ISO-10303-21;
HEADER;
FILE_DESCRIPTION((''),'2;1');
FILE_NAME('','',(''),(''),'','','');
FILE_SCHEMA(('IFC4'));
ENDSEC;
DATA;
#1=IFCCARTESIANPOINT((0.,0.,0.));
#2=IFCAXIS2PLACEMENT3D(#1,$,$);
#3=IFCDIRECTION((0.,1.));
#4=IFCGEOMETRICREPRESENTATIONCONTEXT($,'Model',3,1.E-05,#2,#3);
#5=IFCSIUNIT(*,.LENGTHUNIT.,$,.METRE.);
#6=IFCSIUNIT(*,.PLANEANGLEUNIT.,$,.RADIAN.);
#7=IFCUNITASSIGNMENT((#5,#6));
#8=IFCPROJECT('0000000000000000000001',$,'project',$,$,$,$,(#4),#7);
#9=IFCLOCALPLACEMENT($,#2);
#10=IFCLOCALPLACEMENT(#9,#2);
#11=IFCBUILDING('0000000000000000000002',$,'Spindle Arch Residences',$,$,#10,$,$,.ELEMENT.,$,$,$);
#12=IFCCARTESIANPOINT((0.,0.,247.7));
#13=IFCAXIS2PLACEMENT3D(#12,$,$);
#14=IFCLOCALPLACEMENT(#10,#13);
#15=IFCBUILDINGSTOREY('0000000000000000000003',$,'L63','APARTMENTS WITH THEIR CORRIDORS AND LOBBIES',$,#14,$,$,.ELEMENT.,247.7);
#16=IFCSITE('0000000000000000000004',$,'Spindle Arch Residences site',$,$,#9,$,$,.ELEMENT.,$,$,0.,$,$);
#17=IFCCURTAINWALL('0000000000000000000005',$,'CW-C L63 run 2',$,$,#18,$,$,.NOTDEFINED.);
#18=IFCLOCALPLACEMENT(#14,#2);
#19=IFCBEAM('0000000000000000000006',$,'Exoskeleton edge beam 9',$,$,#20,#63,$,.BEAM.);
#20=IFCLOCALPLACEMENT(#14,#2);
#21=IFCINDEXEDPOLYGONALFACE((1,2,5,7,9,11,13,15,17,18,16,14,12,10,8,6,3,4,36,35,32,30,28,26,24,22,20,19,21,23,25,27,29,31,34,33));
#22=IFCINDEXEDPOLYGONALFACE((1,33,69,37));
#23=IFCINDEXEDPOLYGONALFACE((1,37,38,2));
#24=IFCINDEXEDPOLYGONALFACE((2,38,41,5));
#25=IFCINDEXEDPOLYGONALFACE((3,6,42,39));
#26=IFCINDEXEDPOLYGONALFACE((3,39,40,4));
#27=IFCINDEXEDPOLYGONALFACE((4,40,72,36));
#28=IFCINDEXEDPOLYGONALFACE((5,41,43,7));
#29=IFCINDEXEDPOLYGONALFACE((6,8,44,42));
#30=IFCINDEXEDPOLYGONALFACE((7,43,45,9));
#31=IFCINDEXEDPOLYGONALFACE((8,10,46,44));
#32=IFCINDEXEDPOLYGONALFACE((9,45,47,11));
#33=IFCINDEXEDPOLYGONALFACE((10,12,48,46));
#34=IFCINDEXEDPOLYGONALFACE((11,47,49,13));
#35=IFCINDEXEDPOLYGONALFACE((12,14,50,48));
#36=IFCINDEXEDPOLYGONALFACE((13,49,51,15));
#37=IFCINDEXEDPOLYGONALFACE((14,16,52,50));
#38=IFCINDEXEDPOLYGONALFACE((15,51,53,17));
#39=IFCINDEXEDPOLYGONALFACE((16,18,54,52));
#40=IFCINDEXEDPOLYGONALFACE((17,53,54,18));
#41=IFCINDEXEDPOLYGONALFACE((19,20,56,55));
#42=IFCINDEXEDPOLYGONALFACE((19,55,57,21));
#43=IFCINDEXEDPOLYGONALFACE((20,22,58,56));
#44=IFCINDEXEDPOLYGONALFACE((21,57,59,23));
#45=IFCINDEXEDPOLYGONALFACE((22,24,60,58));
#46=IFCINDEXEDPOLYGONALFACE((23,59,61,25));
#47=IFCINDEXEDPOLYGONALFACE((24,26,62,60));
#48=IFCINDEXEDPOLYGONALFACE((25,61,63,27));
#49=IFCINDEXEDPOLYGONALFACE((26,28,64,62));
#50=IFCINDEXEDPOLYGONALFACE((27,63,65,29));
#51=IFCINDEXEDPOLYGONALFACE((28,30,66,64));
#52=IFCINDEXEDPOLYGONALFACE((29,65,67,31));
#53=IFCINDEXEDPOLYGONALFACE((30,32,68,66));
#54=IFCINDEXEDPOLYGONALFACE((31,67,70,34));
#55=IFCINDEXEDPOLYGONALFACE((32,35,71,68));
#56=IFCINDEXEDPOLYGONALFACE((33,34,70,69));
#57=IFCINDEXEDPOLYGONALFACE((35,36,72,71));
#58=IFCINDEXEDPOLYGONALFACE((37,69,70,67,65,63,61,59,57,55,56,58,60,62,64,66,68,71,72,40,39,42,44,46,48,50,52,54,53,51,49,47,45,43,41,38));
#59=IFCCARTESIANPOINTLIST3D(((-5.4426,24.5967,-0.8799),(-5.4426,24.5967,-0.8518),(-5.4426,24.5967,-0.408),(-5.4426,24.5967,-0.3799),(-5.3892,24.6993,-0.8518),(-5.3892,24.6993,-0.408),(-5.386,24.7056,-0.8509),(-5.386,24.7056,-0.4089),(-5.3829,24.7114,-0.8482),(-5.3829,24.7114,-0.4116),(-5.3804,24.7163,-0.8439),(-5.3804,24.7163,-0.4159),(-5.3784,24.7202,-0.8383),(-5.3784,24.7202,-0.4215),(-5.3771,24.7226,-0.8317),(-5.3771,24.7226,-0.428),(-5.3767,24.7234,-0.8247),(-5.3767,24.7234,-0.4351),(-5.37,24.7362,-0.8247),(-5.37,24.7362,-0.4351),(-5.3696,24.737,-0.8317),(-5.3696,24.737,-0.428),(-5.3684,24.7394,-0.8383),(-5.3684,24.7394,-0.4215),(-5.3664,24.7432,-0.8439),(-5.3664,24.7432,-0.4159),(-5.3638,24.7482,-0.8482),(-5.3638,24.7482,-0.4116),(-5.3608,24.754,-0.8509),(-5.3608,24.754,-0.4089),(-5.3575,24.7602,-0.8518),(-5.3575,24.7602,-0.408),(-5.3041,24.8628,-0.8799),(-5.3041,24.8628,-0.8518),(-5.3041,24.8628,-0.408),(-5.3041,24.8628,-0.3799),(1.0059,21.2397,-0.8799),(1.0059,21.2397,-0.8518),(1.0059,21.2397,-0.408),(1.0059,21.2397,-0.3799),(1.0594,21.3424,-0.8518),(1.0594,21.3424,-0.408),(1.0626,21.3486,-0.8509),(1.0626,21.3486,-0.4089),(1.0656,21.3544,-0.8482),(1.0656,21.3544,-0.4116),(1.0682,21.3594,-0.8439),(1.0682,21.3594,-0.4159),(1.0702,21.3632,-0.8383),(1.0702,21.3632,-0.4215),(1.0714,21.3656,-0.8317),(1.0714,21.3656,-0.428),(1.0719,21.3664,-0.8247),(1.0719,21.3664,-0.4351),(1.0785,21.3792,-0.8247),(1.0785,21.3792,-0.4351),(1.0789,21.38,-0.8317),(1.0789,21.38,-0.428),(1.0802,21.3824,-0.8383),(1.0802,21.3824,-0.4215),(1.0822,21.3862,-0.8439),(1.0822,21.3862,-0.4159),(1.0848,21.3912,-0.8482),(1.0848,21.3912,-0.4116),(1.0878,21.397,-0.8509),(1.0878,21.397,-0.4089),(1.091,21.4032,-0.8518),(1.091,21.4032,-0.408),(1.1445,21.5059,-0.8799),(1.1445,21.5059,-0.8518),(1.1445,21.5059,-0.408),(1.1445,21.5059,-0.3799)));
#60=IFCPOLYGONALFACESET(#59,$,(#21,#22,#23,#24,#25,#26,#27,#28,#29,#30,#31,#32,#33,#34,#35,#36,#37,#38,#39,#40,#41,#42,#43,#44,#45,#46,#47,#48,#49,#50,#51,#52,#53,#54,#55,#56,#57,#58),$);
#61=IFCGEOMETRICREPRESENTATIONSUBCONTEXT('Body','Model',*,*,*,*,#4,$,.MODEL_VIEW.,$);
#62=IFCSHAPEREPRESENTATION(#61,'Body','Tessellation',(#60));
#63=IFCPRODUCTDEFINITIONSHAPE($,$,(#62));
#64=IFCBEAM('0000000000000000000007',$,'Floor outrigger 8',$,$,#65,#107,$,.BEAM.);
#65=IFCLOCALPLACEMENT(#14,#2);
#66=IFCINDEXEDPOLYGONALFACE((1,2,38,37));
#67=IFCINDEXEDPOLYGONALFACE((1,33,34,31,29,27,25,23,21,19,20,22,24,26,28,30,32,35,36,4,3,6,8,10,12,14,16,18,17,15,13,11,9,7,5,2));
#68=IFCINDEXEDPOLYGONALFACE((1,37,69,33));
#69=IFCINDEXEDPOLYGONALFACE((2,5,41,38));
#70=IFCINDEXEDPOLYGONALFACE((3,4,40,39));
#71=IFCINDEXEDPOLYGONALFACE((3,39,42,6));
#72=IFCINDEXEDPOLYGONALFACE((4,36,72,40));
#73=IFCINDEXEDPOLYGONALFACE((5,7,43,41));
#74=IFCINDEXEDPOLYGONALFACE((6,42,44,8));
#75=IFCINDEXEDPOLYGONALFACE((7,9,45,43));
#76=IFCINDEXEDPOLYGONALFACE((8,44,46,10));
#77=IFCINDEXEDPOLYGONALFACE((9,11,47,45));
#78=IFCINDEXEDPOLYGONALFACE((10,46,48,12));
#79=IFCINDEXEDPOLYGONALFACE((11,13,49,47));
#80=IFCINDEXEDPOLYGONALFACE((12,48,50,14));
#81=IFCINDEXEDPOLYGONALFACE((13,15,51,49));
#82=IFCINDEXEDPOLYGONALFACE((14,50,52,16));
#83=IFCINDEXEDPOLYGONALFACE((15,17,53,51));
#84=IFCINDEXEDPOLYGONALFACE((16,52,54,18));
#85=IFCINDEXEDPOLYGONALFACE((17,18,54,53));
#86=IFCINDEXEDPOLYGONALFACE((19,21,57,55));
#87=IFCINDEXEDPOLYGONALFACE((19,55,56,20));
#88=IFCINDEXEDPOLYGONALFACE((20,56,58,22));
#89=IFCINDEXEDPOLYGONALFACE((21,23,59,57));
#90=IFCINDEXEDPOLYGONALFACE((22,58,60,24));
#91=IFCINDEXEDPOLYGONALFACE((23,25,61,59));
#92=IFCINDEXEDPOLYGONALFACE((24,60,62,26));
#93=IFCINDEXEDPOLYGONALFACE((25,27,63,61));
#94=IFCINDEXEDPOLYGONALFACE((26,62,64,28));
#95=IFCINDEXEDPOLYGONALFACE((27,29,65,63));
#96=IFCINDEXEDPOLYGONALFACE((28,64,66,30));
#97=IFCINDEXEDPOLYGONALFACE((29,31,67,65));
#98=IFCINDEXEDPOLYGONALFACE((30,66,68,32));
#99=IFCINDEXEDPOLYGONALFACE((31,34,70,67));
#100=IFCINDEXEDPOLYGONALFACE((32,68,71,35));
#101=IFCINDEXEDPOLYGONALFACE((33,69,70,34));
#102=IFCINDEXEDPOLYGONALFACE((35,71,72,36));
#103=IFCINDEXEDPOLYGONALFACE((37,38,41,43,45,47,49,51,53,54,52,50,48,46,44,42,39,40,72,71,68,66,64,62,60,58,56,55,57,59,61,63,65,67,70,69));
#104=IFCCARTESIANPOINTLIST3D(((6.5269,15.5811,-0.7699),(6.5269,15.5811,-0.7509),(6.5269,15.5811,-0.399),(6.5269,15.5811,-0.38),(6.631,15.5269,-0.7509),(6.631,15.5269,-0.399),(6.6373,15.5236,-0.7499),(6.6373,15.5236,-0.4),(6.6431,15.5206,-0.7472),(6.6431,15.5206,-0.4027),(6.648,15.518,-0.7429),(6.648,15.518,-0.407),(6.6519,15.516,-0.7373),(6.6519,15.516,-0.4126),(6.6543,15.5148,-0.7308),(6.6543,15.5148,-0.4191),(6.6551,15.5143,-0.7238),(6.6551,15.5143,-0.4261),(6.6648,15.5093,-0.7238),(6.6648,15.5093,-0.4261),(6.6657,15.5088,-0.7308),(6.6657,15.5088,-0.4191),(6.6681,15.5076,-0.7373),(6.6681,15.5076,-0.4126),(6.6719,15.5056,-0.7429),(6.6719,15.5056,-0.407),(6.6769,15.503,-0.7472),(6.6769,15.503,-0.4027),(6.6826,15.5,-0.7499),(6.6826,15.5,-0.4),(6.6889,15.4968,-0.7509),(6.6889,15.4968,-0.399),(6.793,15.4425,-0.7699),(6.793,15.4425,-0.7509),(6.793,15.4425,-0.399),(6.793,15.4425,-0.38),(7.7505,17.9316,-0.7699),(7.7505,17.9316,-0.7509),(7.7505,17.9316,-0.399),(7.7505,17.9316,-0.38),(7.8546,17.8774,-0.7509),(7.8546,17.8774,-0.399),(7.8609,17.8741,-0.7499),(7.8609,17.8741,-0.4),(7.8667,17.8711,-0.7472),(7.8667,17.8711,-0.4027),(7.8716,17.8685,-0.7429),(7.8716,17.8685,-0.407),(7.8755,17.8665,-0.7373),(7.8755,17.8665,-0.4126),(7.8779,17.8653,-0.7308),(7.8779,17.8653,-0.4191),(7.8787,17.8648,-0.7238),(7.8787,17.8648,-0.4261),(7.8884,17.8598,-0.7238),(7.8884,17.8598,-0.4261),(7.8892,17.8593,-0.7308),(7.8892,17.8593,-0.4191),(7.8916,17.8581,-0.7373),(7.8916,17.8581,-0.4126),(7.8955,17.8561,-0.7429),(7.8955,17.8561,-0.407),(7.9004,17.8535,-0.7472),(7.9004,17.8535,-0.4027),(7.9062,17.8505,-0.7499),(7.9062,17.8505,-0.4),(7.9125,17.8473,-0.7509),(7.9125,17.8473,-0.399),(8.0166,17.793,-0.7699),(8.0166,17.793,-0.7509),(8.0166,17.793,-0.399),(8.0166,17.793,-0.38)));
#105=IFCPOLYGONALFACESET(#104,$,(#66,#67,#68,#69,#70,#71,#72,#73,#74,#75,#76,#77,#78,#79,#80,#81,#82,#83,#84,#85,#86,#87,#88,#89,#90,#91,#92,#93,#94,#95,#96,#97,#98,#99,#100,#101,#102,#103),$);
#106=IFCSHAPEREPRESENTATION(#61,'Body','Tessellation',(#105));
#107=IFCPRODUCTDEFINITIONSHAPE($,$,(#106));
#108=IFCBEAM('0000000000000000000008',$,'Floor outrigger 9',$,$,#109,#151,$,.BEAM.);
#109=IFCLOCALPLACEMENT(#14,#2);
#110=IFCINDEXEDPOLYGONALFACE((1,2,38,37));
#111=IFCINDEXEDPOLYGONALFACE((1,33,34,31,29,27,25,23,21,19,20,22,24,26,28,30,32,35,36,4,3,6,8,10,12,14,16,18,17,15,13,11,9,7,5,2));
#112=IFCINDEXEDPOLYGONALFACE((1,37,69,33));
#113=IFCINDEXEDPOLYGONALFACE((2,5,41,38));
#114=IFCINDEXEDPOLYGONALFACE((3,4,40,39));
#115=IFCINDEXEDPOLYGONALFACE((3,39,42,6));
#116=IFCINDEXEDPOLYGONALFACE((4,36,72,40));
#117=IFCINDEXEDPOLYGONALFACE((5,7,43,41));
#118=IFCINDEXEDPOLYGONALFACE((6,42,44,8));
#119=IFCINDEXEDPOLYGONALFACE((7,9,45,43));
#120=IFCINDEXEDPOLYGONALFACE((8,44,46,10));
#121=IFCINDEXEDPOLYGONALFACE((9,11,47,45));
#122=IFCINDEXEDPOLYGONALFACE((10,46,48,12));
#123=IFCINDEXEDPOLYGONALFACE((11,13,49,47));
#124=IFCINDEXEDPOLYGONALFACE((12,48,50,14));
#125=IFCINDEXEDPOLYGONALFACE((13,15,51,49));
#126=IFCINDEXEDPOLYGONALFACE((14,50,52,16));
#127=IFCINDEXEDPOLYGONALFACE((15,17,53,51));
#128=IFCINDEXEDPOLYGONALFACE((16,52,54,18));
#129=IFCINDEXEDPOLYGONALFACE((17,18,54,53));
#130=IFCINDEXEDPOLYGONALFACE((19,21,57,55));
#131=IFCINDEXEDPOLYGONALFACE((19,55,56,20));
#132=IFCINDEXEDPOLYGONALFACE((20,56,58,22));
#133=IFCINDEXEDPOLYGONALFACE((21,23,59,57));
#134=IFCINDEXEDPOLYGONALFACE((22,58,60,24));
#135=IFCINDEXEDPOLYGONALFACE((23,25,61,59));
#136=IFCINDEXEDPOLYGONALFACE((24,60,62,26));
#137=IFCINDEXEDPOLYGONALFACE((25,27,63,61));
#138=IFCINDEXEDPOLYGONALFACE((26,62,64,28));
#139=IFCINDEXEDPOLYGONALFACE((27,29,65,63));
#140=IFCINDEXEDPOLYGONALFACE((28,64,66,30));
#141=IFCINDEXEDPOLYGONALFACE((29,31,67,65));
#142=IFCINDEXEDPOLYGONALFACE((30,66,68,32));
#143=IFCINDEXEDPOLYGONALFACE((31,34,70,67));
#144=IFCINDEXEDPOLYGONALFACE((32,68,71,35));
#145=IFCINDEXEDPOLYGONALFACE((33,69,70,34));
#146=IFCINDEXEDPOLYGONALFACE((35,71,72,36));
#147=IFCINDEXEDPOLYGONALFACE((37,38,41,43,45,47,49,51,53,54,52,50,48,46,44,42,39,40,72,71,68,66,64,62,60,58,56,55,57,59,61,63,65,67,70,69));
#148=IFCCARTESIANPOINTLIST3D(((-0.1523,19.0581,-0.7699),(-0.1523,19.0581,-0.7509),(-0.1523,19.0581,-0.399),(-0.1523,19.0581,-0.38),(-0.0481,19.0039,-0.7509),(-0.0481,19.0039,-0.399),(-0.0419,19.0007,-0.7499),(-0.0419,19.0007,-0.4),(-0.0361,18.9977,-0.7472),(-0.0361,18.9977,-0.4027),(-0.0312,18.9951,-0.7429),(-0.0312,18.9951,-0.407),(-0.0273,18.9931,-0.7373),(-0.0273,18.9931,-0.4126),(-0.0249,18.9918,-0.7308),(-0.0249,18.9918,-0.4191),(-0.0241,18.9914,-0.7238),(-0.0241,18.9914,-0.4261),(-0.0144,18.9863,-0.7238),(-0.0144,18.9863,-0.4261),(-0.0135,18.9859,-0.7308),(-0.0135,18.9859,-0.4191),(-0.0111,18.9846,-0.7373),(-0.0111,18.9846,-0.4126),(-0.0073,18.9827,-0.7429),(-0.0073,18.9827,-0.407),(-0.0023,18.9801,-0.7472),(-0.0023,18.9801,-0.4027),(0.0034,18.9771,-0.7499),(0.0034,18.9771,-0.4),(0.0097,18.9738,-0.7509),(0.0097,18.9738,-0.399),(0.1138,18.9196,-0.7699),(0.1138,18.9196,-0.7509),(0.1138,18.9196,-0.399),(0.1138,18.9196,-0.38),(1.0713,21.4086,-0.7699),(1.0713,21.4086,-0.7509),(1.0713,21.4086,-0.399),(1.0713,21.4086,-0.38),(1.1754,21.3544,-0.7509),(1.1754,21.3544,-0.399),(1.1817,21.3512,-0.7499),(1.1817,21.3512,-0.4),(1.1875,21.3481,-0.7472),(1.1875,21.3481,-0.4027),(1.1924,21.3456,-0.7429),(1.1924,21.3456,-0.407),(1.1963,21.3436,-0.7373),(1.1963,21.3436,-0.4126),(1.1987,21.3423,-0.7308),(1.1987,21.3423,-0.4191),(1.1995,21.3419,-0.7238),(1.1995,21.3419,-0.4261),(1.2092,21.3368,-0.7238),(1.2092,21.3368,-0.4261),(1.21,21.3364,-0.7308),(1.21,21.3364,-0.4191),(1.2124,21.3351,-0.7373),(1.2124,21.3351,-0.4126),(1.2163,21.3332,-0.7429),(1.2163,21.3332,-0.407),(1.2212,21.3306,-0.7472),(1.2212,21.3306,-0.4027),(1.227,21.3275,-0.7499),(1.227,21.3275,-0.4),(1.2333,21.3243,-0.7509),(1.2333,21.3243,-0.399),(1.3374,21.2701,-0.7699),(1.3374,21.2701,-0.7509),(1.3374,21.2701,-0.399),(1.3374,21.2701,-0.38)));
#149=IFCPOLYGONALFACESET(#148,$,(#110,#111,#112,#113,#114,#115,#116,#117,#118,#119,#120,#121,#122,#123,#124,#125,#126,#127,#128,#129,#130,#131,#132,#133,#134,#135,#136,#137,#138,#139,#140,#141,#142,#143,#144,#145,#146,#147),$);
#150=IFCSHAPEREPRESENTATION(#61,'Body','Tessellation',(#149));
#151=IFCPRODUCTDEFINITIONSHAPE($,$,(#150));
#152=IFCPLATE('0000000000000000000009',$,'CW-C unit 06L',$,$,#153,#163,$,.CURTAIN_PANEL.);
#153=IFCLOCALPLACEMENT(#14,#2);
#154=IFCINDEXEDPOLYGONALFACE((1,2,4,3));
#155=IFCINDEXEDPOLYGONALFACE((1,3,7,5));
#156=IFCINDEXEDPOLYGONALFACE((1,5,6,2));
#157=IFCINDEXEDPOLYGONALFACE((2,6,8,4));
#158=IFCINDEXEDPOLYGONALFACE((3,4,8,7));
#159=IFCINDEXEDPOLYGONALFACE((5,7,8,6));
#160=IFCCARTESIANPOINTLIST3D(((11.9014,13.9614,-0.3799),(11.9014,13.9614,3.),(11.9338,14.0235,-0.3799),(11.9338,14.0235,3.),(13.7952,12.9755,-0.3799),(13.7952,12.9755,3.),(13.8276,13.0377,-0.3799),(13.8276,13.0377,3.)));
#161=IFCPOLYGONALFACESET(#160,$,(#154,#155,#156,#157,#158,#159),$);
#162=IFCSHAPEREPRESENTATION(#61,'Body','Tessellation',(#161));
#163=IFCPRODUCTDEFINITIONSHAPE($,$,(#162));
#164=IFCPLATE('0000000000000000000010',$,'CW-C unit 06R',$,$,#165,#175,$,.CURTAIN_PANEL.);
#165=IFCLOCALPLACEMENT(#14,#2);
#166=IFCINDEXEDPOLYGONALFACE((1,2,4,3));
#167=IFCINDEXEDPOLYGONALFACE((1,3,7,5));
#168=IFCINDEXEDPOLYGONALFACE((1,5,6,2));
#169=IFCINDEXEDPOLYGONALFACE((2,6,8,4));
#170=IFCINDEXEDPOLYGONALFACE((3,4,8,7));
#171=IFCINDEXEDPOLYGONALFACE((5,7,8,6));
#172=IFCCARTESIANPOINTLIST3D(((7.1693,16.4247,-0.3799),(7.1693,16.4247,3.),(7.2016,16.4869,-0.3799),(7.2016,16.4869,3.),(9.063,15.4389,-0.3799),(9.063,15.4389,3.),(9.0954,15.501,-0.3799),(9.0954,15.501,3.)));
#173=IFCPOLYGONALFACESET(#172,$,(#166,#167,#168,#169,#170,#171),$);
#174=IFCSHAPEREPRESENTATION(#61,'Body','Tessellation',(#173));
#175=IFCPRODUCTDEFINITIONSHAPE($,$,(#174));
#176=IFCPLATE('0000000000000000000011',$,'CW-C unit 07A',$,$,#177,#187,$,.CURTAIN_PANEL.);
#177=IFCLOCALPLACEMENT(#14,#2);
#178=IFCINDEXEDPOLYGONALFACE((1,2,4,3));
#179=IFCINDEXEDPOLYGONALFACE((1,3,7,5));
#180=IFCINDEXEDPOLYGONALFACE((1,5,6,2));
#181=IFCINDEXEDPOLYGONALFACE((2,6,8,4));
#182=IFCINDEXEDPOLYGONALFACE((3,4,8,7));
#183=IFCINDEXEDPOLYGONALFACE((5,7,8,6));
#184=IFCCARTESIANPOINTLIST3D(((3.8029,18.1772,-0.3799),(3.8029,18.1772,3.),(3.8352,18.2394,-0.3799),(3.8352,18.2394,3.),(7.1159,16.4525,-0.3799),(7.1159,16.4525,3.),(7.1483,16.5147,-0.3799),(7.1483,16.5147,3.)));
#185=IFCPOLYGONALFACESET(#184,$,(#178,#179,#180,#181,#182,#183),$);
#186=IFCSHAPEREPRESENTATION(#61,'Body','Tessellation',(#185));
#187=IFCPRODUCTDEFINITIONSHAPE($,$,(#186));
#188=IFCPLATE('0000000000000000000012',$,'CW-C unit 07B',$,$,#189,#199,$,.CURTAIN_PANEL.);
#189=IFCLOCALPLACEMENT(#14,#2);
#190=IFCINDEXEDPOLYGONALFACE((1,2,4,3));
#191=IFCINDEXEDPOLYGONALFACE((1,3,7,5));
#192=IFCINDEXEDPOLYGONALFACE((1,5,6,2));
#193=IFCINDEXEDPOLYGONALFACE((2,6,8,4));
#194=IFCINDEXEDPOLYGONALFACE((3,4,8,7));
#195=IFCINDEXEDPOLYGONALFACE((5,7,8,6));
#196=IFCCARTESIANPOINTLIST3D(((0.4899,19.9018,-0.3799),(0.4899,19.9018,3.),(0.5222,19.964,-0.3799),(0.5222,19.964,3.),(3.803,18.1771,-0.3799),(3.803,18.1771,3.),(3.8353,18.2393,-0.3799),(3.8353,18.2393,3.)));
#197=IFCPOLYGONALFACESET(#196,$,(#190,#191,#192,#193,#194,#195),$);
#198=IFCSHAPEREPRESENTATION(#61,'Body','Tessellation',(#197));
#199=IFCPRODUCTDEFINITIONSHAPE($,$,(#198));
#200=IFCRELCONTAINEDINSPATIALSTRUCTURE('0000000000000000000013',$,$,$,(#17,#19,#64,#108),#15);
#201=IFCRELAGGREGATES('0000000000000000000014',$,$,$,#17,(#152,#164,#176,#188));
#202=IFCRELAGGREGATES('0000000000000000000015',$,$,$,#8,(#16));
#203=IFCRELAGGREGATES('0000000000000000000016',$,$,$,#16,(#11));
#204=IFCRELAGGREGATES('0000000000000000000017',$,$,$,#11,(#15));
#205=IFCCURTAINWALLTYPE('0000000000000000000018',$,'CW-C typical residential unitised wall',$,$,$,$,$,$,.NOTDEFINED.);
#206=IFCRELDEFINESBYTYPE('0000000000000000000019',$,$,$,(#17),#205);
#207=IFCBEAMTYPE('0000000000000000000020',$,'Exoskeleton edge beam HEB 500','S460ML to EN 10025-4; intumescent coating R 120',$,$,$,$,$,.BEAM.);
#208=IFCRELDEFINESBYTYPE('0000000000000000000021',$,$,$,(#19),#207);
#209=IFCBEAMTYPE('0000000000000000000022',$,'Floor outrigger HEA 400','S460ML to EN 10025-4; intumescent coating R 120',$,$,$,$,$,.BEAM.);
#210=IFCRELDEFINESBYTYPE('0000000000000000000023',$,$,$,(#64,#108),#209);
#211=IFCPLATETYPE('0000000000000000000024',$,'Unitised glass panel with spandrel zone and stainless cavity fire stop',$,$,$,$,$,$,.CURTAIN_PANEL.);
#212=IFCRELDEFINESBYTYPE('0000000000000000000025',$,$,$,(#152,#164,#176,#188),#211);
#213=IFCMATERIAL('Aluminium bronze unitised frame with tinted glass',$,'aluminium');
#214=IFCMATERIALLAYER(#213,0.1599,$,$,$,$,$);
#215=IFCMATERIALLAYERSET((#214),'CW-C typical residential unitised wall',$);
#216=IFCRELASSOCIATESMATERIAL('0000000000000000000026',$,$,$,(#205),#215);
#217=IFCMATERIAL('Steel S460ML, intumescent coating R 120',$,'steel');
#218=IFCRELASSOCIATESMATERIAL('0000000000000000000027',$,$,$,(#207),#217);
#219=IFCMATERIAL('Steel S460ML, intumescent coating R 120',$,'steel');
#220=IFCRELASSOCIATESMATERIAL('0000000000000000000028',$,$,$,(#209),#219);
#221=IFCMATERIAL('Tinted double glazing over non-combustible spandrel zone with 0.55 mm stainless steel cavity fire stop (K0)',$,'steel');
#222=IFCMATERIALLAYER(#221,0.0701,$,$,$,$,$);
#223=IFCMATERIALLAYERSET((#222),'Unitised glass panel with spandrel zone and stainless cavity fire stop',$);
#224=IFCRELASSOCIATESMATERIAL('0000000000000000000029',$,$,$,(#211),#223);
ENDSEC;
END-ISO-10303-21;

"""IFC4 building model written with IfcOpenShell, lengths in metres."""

from ifc_helpers import new_model, si_unit, direction, frame, origin, origin_2d, place, context, subcontext, project, spatial, rectangle, i_section, extrude, material, layer, layer_set, material_profile, profile_set, type_object, element, aggregate, save


model = new_model("IFC4")

# Units and contexts
model_context = context("Model", 3, precision=1e-05, world=origin(), true_north=direction((0.0, 1.0)))
body_context = subcontext(model_context, "Body", "Model", "MODEL_VIEW")
ifc_project = project(units=[si_unit("LENGTHUNIT", "METRE"), si_unit("PLANEANGLEUNIT", "RADIAN")], contexts=[model_context])

# Site, building, storey
site_placement = place(None, origin())
site = spatial("IfcSite", under=ifc_project, at=site_placement, Name="Spindle Arch Residences site", CompositionType="ELEMENT", RefElevation=0.0)
building_placement = place(site_placement, origin())
building = spatial("IfcBuilding", under=site, at=building_placement, Name="Spindle Arch Residences", CompositionType="ELEMENT")
storey_placement = place(building_placement, frame((0.0, 0.0, 247.7)))
storey = spatial("IfcBuildingStorey", under=building, at=storey_placement, Name="L63", Description="APARTMENTS WITH THEIR CORRIDORS AND LOBBIES", CompositionType="ELEMENT", Elevation=247.7)

# Curtain wall
ifc_material_1 = material(Name="Aluminium bronze unitised frame with tinted glass", Category="aluminium")
ifc_layer_1 = layer(ifc_material_1, 0.1599)
ifc_layer_set_1 = layer_set([ifc_layer_1], Name="CW-C typical residential unitised wall")
curtain_wall_type = type_object("IfcCurtainWallType", Name="CW-C typical residential unitised wall", PredefinedType="NOTDEFINED", material=ifc_layer_set_1)
curtain_wall_placement = place(storey_placement, origin())
curtain_wall = element("IfcCurtainWall", 1, at=curtain_wall_placement, inside=storey, type_object=curtain_wall_type, Name="CW-C L63 run 2", PredefinedType="NOTDEFINED")

# Beams
ifc_material_2 = material(Name="Steel S460ML, intumescent coating R 120", Category="steel")
ifc_material_profile_1 = material_profile(ifc_material_2, i_section(OverallWidth=0.3, OverallDepth=0.5, WebThickness=0.0144, FlangeThickness=0.0281, FilletRadius=0.0271, at=origin_2d()), Name="HEB 500")
ifc_profile_set_1 = profile_set([ifc_material_profile_1], Name="Steel S460ML, intumescent coating R 120")
beam_type_1 = type_object("IfcBeamType", Name="Exoskeleton edge beam HEB 500", Description="S460ML to EN 10025-4; intumescent coating R 120", PredefinedType="BEAM", material=ifc_profile_set_1)
for number, where, z_axis, x_axis, name in (
    (2, (1.0752, 21.3728, -0.6299), (-0.887007, 0.461756, 0.0), (-0.461756, -0.887007, 0.0), "Exoskeleton edge beam 9"),
):
    element("IfcBeam", number, at=place(storey_placement, frame(where, z_axis=z_axis, x_axis=x_axis)), inside=storey, type_object=beam_type_1, Name=name, PredefinedType="BEAM", context=body_context, shape_type="SweptSolid", body=[
        extrude(i_section(OverallWidth=0.3, OverallDepth=0.5, WebThickness=0.0144, FlangeThickness=0.0281, FilletRadius=0.0271, at=origin_2d()), origin(), (0.0, 0.0, 1.0), 7.27),
    ])
ifc_material_3 = material(Name="Steel S460ML, intumescent coating R 120", Category="steel")
ifc_material_profile_2 = material_profile(ifc_material_3, i_section(OverallWidth=0.3, OverallDepth=0.3899, WebThickness=0.011, FlangeThickness=0.019, FilletRadius=0.0271, at=origin_2d()), Name="HEA 400")
ifc_profile_set_2 = profile_set([ifc_material_profile_2], Name="Steel S460ML, intumescent coating R 120")
beam_type_2 = type_object("IfcBeamType", Name="Floor outrigger HEA 400", Description="S460ML to EN 10025-4; intumescent coating R 120", PredefinedType="BEAM", material=ifc_profile_set_2)
for number, where, z_axis, x_axis, name in (
    (3, (7.8835, 17.8623, -0.575), (-0.461747, -0.887012, 0.0), (0.887012, -0.461747, 0.0), "Floor outrigger 8"),
    (4, (1.2043, 21.3394, -0.575), (-0.461747, -0.887012, 0.0), (0.887012, -0.461747, 0.0), "Floor outrigger 9"),
):
    element("IfcBeam", number, at=place(storey_placement, frame(where, z_axis=z_axis, x_axis=x_axis)), inside=storey, type_object=beam_type_2, Name=name, PredefinedType="BEAM", context=body_context, shape_type="SweptSolid", body=[
        extrude(i_section(OverallWidth=0.3, OverallDepth=0.3899, WebThickness=0.011, FlangeThickness=0.019, FilletRadius=0.0271, at=origin_2d()), origin(), (0.0, 0.0, 1.0), 2.6499),
    ])

# Plates
ifc_material_4 = material(Name="Tinted double glazing over non-combustible spandrel zone with 0.55 mm stainless steel cavity fire stop (K0)", Category="steel")
ifc_layer_2 = layer(ifc_material_4, 0.0701)
ifc_layer_set_2 = layer_set([ifc_layer_2], Name="Unitised glass panel with spandrel zone and stainless cavity fire stop")
plate_type = type_object("IfcPlateType", Name="Unitised glass panel with spandrel zone and stainless cavity fire stop", PredefinedType="CURTAIN_PANEL", material=ifc_layer_set_2)
plate_1_placement = place(storey_placement, frame((12.8645, 13.4995, -0.3799), z_axis=(0.0, 0.0, 1.0), x_axis=(-0.887011, 0.461749, 0.0)))
plate_1 = element("IfcPlate", 5, at=plate_1_placement, type_object=plate_type, Name="CW-C unit 06L", PredefinedType="CURTAIN_PANEL", context=body_context, shape_type="SweptSolid", body=[
    extrude(rectangle(XDim=2.135, YDim=0.0701, at=origin_2d()), origin(), (0.0, 0.0, 1.0), 3.3799),
])
plate_2_placement = place(storey_placement, frame((8.1323, 15.9629, -0.3799), z_axis=(0.0, 0.0, 1.0), x_axis=(-0.887011, 0.461749, 0.0)))
plate_2 = element("IfcPlate", 6, at=plate_2_placement, type_object=plate_type, Name="CW-C unit 06R", PredefinedType="CURTAIN_PANEL", context=body_context, shape_type="SweptSolid", body=[
    extrude(rectangle(XDim=2.135, YDim=0.0701, at=origin_2d()), origin(), (0.0, 0.0, 1.0), 3.3799),
])
plate_3_placement = place(storey_placement, frame((5.4756, 17.3459, -0.3799), z_axis=(0.0, 0.0, 1.0), x_axis=(-0.887011, 0.461749, 0.0)))
plate_3 = element("IfcPlate", 7, at=plate_3_placement, type_object=plate_type, Name="CW-C unit 07A", PredefinedType="CURTAIN_PANEL", context=body_context, shape_type="SweptSolid", body=[
    extrude(rectangle(XDim=3.7351, YDim=0.0701, at=origin_2d()), origin(), (0.0, 0.0, 1.0), 3.3799),
])
plate_4_placement = place(storey_placement, frame((2.1626, 19.0706, -0.3799), z_axis=(0.0, 0.0, 1.0), x_axis=(-0.887011, 0.461749, 0.0)))
plate_4 = element("IfcPlate", 8, at=plate_4_placement, type_object=plate_type, Name="CW-C unit 07B", PredefinedType="CURTAIN_PANEL", context=body_context, shape_type="SweptSolid", body=[
    extrude(rectangle(XDim=3.7351, YDim=0.0701, at=origin_2d()), origin(), (0.0, 0.0, 1.0), 3.3799),
])
aggregate(curtain_wall, [plate_1, plate_2, plate_3, plate_4])

save(model, "model.ifc")
